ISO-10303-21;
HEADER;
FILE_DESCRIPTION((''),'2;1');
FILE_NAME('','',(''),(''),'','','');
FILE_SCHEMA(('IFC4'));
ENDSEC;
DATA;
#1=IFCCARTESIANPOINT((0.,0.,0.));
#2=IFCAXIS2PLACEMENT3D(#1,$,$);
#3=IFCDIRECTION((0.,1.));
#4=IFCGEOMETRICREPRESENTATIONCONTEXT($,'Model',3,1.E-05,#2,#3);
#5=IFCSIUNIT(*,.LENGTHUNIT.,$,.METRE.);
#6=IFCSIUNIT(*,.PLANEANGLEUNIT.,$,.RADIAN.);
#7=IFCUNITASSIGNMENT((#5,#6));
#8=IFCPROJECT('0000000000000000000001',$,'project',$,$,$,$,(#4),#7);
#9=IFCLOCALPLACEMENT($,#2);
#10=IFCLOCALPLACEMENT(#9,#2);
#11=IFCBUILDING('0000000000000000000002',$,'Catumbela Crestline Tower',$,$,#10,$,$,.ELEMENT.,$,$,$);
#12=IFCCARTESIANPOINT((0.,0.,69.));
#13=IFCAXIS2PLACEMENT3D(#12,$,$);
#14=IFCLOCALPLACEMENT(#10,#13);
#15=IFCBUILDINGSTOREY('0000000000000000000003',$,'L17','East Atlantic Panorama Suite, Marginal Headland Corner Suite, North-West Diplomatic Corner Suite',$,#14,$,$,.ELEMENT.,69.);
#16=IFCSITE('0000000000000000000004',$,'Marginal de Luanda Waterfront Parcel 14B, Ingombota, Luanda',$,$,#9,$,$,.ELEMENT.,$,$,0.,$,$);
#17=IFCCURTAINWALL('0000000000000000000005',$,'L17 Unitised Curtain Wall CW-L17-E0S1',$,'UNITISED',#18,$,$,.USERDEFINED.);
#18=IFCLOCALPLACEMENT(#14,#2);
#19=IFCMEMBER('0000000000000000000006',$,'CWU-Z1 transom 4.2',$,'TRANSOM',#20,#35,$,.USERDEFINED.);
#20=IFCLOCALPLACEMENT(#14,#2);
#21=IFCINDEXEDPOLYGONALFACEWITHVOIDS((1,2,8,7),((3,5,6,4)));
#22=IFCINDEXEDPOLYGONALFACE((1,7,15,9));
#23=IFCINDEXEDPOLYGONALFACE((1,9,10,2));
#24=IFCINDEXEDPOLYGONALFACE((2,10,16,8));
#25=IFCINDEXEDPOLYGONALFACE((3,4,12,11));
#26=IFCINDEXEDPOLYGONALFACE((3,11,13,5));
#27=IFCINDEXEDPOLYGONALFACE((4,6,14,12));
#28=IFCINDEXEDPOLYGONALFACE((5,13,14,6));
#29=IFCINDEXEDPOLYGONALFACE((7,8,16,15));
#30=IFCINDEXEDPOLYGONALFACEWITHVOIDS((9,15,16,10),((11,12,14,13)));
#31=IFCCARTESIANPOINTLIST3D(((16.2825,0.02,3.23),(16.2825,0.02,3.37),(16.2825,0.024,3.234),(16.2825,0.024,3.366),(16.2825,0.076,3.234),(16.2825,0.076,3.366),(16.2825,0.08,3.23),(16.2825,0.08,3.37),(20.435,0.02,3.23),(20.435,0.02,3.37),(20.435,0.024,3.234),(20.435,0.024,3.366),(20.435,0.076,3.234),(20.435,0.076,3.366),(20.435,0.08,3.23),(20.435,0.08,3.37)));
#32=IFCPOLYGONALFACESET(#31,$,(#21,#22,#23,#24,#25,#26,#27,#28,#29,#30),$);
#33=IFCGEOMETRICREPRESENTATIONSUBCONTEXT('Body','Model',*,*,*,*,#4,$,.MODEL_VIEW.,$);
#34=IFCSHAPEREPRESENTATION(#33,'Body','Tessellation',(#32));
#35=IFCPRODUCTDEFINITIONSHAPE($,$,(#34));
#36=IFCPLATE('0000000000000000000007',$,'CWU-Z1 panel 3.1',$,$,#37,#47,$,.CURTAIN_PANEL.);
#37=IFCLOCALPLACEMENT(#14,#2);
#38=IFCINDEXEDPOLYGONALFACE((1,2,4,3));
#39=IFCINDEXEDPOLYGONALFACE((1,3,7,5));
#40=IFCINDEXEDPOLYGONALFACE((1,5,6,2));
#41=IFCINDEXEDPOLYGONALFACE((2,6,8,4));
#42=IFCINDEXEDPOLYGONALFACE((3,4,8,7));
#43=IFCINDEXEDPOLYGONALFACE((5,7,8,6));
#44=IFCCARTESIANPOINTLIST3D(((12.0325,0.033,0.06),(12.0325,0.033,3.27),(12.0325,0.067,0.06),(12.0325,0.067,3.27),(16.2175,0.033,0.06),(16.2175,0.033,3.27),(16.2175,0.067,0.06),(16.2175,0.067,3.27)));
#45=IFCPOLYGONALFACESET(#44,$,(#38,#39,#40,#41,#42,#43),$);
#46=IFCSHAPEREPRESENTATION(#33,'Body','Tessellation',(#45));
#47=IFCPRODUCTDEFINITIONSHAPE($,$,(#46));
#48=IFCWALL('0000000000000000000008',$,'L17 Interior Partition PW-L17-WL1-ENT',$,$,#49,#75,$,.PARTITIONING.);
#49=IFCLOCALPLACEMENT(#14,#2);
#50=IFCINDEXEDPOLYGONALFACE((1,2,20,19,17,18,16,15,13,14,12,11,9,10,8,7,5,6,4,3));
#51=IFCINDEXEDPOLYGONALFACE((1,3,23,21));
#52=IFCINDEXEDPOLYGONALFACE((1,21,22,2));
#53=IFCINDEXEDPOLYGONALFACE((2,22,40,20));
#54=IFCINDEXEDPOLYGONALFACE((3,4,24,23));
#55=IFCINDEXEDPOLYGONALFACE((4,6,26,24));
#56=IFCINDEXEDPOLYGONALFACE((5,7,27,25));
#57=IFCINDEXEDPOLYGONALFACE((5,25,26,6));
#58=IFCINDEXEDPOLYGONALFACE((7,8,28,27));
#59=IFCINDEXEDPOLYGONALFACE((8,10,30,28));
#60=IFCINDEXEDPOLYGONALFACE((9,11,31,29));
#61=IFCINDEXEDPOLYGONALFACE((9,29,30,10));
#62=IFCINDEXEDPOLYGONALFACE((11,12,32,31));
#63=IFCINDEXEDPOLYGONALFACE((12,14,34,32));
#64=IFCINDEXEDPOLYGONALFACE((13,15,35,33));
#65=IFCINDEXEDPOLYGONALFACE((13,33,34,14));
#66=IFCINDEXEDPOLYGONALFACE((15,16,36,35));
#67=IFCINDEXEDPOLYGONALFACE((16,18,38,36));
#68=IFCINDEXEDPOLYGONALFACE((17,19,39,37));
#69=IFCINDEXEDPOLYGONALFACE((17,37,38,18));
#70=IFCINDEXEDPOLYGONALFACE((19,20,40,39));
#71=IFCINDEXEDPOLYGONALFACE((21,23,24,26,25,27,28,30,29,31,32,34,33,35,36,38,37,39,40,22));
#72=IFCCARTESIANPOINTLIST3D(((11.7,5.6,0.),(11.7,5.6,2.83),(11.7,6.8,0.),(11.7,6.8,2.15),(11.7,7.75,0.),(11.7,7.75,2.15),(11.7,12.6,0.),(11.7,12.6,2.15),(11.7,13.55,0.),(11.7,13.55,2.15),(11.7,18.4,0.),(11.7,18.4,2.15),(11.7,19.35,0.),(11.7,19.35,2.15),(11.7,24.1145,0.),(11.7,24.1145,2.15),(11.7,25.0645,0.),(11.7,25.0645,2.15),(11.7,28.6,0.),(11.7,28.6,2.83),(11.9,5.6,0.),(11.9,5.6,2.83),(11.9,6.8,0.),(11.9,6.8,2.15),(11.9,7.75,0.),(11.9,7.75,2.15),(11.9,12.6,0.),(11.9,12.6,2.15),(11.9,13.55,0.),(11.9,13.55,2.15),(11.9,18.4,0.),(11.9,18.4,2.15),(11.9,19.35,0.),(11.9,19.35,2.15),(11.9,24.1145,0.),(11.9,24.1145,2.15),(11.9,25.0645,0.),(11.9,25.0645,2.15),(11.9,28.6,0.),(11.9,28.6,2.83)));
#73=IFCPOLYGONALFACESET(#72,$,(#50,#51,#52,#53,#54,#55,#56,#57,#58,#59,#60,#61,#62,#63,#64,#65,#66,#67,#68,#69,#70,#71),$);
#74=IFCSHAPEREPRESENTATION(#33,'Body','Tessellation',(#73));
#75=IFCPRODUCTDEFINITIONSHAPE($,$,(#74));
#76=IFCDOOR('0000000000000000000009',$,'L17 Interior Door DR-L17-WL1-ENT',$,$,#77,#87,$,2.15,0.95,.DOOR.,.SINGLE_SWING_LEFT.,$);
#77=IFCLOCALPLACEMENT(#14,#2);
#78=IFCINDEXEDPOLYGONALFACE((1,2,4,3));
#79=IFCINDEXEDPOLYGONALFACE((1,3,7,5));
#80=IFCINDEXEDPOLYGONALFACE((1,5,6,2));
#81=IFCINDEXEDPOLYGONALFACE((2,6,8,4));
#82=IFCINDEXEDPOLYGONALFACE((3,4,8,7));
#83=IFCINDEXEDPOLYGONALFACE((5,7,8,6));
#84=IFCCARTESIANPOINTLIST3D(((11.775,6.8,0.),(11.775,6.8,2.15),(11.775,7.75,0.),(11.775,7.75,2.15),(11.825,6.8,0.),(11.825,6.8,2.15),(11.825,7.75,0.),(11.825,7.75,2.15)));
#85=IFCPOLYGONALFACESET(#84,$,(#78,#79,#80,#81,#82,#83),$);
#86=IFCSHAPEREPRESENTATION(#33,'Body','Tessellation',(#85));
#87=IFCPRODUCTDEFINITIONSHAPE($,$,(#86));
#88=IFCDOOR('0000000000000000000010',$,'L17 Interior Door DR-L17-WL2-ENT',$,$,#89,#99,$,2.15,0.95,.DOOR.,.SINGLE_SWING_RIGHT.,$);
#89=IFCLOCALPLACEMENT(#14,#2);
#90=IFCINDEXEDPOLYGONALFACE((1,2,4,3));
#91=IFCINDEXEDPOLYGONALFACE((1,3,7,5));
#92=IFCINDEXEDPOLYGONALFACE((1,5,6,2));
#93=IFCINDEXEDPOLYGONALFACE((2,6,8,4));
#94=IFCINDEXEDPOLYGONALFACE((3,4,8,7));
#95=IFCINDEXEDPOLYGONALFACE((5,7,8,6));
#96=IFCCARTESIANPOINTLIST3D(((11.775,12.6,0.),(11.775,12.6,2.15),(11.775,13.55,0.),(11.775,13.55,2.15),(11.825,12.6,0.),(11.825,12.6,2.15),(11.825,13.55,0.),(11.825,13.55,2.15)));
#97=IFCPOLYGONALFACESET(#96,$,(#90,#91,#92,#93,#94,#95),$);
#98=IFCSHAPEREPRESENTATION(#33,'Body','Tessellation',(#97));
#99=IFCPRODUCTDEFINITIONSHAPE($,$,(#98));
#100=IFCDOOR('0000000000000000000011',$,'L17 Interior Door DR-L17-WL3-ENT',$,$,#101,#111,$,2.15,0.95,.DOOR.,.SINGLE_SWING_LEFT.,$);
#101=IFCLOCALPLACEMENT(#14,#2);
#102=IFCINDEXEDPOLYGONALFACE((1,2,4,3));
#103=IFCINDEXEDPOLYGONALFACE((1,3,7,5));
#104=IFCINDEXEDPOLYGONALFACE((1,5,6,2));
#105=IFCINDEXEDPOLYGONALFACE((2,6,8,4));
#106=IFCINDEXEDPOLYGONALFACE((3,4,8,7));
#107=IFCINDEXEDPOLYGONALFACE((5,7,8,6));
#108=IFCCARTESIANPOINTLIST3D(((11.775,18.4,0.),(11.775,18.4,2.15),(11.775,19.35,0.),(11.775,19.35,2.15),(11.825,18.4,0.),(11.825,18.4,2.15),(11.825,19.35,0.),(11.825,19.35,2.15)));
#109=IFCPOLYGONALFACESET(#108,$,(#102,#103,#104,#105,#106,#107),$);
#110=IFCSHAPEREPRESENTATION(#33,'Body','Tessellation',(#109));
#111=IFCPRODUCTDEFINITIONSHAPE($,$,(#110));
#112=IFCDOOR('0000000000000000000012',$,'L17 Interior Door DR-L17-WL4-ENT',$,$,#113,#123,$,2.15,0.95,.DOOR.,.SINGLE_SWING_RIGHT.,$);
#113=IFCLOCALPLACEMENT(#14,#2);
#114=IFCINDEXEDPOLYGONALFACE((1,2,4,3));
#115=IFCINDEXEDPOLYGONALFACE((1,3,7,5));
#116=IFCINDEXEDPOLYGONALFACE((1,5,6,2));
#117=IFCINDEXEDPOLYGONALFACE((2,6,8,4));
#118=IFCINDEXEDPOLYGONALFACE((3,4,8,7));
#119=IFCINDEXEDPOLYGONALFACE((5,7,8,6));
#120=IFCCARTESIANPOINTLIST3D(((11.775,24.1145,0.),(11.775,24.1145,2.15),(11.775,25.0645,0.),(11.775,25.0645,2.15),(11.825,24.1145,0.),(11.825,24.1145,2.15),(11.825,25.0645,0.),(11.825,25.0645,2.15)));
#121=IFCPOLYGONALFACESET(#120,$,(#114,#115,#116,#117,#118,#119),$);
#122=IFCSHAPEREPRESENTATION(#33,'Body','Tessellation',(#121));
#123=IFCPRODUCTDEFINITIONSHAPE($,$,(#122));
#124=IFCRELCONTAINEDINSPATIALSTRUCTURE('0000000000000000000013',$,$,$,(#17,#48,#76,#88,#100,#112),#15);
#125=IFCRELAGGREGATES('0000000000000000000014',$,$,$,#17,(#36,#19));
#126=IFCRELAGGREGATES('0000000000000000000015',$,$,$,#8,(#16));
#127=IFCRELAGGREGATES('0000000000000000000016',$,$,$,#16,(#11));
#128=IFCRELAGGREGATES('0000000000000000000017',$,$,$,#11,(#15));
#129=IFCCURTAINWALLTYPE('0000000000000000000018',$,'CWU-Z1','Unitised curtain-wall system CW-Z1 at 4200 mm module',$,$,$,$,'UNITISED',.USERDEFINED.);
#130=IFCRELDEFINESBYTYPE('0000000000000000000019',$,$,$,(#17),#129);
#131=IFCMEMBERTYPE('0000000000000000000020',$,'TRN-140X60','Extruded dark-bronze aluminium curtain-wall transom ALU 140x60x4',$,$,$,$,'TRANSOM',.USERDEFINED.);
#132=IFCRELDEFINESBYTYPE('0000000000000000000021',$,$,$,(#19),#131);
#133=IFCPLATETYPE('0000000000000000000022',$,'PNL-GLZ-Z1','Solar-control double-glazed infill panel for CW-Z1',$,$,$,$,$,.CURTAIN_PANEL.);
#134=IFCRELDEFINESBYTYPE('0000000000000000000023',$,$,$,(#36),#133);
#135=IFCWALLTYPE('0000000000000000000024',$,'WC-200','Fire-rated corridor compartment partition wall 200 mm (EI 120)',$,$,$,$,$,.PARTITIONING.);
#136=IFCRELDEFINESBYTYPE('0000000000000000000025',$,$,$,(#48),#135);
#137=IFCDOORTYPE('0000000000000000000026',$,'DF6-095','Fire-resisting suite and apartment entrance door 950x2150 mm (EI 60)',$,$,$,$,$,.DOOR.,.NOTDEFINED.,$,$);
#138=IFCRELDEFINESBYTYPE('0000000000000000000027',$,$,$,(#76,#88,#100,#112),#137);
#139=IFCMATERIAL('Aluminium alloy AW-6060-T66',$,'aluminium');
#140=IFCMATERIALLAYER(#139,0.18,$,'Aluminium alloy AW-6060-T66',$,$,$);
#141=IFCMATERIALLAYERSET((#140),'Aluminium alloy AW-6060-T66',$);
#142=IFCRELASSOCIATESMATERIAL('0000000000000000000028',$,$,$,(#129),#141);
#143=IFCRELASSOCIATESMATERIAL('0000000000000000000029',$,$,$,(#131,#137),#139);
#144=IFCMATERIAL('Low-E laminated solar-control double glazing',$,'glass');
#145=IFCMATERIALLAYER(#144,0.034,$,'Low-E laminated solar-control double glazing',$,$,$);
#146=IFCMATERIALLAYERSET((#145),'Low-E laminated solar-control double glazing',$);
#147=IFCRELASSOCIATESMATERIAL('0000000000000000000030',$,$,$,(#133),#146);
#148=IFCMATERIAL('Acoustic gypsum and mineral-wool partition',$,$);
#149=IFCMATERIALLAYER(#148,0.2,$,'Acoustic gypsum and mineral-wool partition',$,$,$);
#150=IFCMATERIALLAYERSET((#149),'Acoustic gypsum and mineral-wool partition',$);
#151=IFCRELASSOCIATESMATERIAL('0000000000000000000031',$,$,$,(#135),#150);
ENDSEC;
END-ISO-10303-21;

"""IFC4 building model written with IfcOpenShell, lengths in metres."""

from ifc_helpers import new_model, si_unit, direction, frame, frame_2d, origin, origin_2d, place, context, subcontext, project, spatial, rectangle, hollow_rectangle, extrude, material, layer, layer_set, material_profile, profile_set, type_object, element, fill, aggregate, save


model = new_model("IFC4")

# Units and contexts
model_context = context("Model", 3, precision=1e-05, world=origin(), true_north=direction((0.0, 1.0)))
body_context = subcontext(model_context, "Body", "Model", "MODEL_VIEW")
ifc_project = project(units=[si_unit("LENGTHUNIT", "METRE"), si_unit("PLANEANGLEUNIT", "RADIAN")], contexts=[model_context])

# Site, building, storey
site_placement = place(None, origin())
site = spatial("IfcSite", under=ifc_project, at=site_placement, Name="Marginal de Luanda Waterfront Parcel 14B, Ingombota, Luanda", CompositionType="ELEMENT", RefElevation=0.0)
building_placement = place(site_placement, origin())
building = spatial("IfcBuilding", under=site, at=building_placement, Name="Catumbela Crestline Tower", CompositionType="ELEMENT")
storey_placement = place(building_placement, frame((0.0, 0.0, 69.0)))
storey = spatial("IfcBuildingStorey", under=building, at=storey_placement, Name="L17", Description="East Atlantic Panorama Suite, Marginal Headland Corner Suite, North-West Diplomatic Corner Suite", CompositionType="ELEMENT", Elevation=69.0)

# Curtain wall, member, plate
ifc_material_1 = material(Name="Aluminium alloy AW-6060-T66", Category="aluminium")
ifc_layer_1 = layer(ifc_material_1, 0.18, Name="Aluminium alloy AW-6060-T66")
ifc_layer_set_1 = layer_set([ifc_layer_1], Name="Aluminium alloy AW-6060-T66")
curtain_wall_type = type_object("IfcCurtainWallType", Name="CWU-Z1", Description="Unitised curtain-wall system CW-Z1 at 4200 mm module", ElementType="UNITISED", PredefinedType="USERDEFINED", material=ifc_layer_set_1)
curtain_wall_placement = place(storey_placement, origin())
curtain_wall = element("IfcCurtainWall", 1, at=curtain_wall_placement, inside=storey, type_object=curtain_wall_type, Name="L17 Unitised Curtain Wall CW-L17-E0S1", ObjectType="UNITISED", PredefinedType="USERDEFINED")
ifc_material_profile_1 = material_profile(ifc_material_1, hollow_rectangle(XDim=0.06, YDim=0.14, WallThickness=0.004, at=origin_2d()), Name="ALU 140x60x4")
ifc_profile_set_1 = profile_set([ifc_material_profile_1], Name="Aluminium alloy AW-6060-T66")
member_type_1 = type_object("IfcMemberType", Name="TRN-140X60", Description="Extruded dark-bronze aluminium curtain-wall transom ALU 140x60x4", ElementType="TRANSOM", PredefinedType="USERDEFINED", material=ifc_profile_set_1)
member_1_placement = place(storey_placement, frame((16.2825, 0.05, 3.3), z_axis=(1.0, 0.0, 0.0), x_axis=(0.0, 1.0, 0.0)))
member_1 = element("IfcMember", 2, at=member_1_placement, type_object=member_type_1, Name="CWU-Z1 transom 4.2", ObjectType="TRANSOM", PredefinedType="USERDEFINED", context=body_context, shape_type="SweptSolid", body=[
    extrude(hollow_rectangle(XDim=0.06, YDim=0.14, WallThickness=0.004, at=origin_2d()), origin(), (0.0, 0.0, 1.0), 4.1525),
])
ifc_material_2 = material(Name="Low-E laminated solar-control double glazing", Category="glass")
ifc_layer_2 = layer(ifc_material_2, 0.034, Name="Low-E laminated solar-control double glazing")
ifc_layer_set_2 = layer_set([ifc_layer_2], Name="Low-E laminated solar-control double glazing")
plate_type = type_object("IfcPlateType", Name="PNL-GLZ-Z1", Description="Solar-control double-glazed infill panel for CW-Z1", PredefinedType="CURTAIN_PANEL", material=ifc_layer_set_2)
plate_placement = place(storey_placement, frame((14.125, 0.05, 0.06), z_axis=(0.0, 0.0, 1.0), x_axis=(1.0, 0.0, 0.0)))
plate = element("IfcPlate", 3, at=plate_placement, type_object=plate_type, Name="CWU-Z1 panel 3.1", PredefinedType="CURTAIN_PANEL", context=body_context, shape_type="SweptSolid", body=[
    extrude(rectangle(XDim=4.185, YDim=0.034, at=origin_2d()), origin(), (0.0, 0.0, 1.0), 3.21),
])
aggregate(curtain_wall, [plate, member_1])

# Wall, openings, doors
ifc_material_3 = material(Name="Acoustic gypsum and mineral-wool partition")
ifc_layer_3 = layer(ifc_material_3, 0.2, Name="Acoustic gypsum and mineral-wool partition")
ifc_layer_set_3 = layer_set([ifc_layer_3], Name="Acoustic gypsum and mineral-wool partition")
wall_type_1 = type_object("IfcWallType", Name="WC-200", Description="Fire-rated corridor compartment partition wall 200 mm (EI 120)", PredefinedType="PARTITIONING", material=ifc_layer_set_3)
wall_1_placement = place(storey_placement, frame((11.8, 5.6, 0.0), z_axis=(0.0, 0.0, 1.0), x_axis=(0.0, 1.0, 0.0)))
wall_1 = element("IfcWall", 4, at=wall_1_placement, inside=storey, type_object=wall_type_1, Name="L17 Interior Partition PW-L17-WL1-ENT", PredefinedType="PARTITIONING", context=body_context, shape_type="SweptSolid", body=[
    extrude(rectangle(XDim=23.0, YDim=0.2, at=frame_2d((11.5, 0.0))), origin(), (0.0, 0.0, 1.0), 2.83),
])
opening_1_placement = place(wall_1_placement, frame((1.2, 0.0, 0.0)))
opening_1 = element("IfcOpeningElement", 5, at=opening_1_placement, cuts=wall_1, PredefinedType="OPENING", context=body_context, shape_type="SweptSolid", body=[
    extrude(rectangle(XDim=0.95, YDim=2.15, at=frame_2d((0.475, 1.075))), frame((0.0, 0.11, 0.0), z_axis=(0.0, -1.0, 0.0), x_axis=(1.0, 0.0, 0.0)), (0.0, 0.0, 1.0), 0.22),
])
opening_2_placement = place(wall_1_placement, frame((7.0, 0.0, 0.0)))
opening_2 = element("IfcOpeningElement", 6, at=opening_2_placement, cuts=wall_1, PredefinedType="OPENING", context=body_context, shape_type="SweptSolid", body=[
    extrude(rectangle(XDim=0.95, YDim=2.15, at=frame_2d((0.475, 1.075))), frame((0.0, 0.11, 0.0), z_axis=(0.0, -1.0, 0.0), x_axis=(1.0, 0.0, 0.0)), (0.0, 0.0, 1.0), 0.22),
])
opening_3_placement = place(wall_1_placement, frame((12.8, 0.0, 0.0)))
opening_3 = element("IfcOpeningElement", 7, at=opening_3_placement, cuts=wall_1, PredefinedType="OPENING", context=body_context, shape_type="SweptSolid", body=[
    extrude(rectangle(XDim=0.95, YDim=2.15, at=frame_2d((0.475, 1.075))), frame((0.0, 0.11, 0.0), z_axis=(0.0, -1.0, 0.0), x_axis=(1.0, 0.0, 0.0)), (0.0, 0.0, 1.0), 0.22),
])
opening_4_placement = place(wall_1_placement, frame((18.5145, 0.0, 0.0)))
opening_4 = element("IfcOpeningElement", 8, at=opening_4_placement, cuts=wall_1, PredefinedType="OPENING", context=body_context, shape_type="SweptSolid", body=[
    extrude(rectangle(XDim=0.95, YDim=2.15, at=frame_2d((0.475, 1.075))), frame((0.0, 0.11, 0.0), z_axis=(0.0, -1.0, 0.0), x_axis=(1.0, 0.0, 0.0)), (0.0, 0.0, 1.0), 0.22),
])
door_type = type_object("IfcDoorType", Name="DF6-095", Description="Fire-resisting suite and apartment entrance door 950x2150 mm (EI 60)", OperationType="NOTDEFINED", PredefinedType="DOOR", material=ifc_material_1)
door_1_placement = place(opening_1_placement, origin())
door_1 = element("IfcDoor", 9, at=door_1_placement, inside=storey, type_object=door_type, Name="L17 Interior Door DR-L17-WL1-ENT", OperationType="SINGLE_SWING_LEFT", OverallHeight=2.15, OverallWidth=0.95, PredefinedType="DOOR", context=body_context, shape_type="SweptSolid", body=[
    extrude(rectangle(XDim=0.95, YDim=2.15, at=frame_2d((0.475, 1.075))), frame((0.0, 0.025, 0.0), z_axis=(0.0, -1.0, 0.0), x_axis=(1.0, 0.0, 0.0)), (0.0, 0.0, 1.0), 0.05),
])
fill(opening_1, door_1)
door_2_placement = place(opening_2_placement, origin())
door_2 = element("IfcDoor", 10, at=door_2_placement, inside=storey, type_object=door_type, Name="L17 Interior Door DR-L17-WL2-ENT", OperationType="SINGLE_SWING_RIGHT", OverallHeight=2.15, OverallWidth=0.95, PredefinedType="DOOR", context=body_context, shape_type="SweptSolid", body=[
    extrude(rectangle(XDim=0.95, YDim=2.15, at=frame_2d((0.475, 1.075))), frame((0.0, 0.025, 0.0), z_axis=(0.0, -1.0, 0.0), x_axis=(1.0, 0.0, 0.0)), (0.0, 0.0, 1.0), 0.05),
])
fill(opening_2, door_2)
door_3_placement = place(opening_3_placement, origin())
door_3 = element("IfcDoor", 11, at=door_3_placement, inside=storey, type_object=door_type, Name="L17 Interior Door DR-L17-WL3-ENT", OperationType="SINGLE_SWING_LEFT", OverallHeight=2.15, OverallWidth=0.95, PredefinedType="DOOR", context=body_context, shape_type="SweptSolid", body=[
    extrude(rectangle(XDim=0.95, YDim=2.15, at=frame_2d((0.475, 1.075))), frame((0.0, 0.025, 0.0), z_axis=(0.0, -1.0, 0.0), x_axis=(1.0, 0.0, 0.0)), (0.0, 0.0, 1.0), 0.05),
])
fill(opening_3, door_3)
door_4_placement = place(opening_4_placement, origin())
door_4 = element("IfcDoor", 12, at=door_4_placement, inside=storey, type_object=door_type, Name="L17 Interior Door DR-L17-WL4-ENT", OperationType="SINGLE_SWING_RIGHT", OverallHeight=2.15, OverallWidth=0.95, PredefinedType="DOOR", context=body_context, shape_type="SweptSolid", body=[
    extrude(rectangle(XDim=0.95, YDim=2.15, at=frame_2d((0.475, 1.075))), frame((0.0, 0.025, 0.0), z_axis=(0.0, -1.0, 0.0), x_axis=(1.0, 0.0, 0.0)), (0.0, 0.0, 1.0), 0.05),
])
fill(opening_4, door_4)

save(model, "model.ifc")
